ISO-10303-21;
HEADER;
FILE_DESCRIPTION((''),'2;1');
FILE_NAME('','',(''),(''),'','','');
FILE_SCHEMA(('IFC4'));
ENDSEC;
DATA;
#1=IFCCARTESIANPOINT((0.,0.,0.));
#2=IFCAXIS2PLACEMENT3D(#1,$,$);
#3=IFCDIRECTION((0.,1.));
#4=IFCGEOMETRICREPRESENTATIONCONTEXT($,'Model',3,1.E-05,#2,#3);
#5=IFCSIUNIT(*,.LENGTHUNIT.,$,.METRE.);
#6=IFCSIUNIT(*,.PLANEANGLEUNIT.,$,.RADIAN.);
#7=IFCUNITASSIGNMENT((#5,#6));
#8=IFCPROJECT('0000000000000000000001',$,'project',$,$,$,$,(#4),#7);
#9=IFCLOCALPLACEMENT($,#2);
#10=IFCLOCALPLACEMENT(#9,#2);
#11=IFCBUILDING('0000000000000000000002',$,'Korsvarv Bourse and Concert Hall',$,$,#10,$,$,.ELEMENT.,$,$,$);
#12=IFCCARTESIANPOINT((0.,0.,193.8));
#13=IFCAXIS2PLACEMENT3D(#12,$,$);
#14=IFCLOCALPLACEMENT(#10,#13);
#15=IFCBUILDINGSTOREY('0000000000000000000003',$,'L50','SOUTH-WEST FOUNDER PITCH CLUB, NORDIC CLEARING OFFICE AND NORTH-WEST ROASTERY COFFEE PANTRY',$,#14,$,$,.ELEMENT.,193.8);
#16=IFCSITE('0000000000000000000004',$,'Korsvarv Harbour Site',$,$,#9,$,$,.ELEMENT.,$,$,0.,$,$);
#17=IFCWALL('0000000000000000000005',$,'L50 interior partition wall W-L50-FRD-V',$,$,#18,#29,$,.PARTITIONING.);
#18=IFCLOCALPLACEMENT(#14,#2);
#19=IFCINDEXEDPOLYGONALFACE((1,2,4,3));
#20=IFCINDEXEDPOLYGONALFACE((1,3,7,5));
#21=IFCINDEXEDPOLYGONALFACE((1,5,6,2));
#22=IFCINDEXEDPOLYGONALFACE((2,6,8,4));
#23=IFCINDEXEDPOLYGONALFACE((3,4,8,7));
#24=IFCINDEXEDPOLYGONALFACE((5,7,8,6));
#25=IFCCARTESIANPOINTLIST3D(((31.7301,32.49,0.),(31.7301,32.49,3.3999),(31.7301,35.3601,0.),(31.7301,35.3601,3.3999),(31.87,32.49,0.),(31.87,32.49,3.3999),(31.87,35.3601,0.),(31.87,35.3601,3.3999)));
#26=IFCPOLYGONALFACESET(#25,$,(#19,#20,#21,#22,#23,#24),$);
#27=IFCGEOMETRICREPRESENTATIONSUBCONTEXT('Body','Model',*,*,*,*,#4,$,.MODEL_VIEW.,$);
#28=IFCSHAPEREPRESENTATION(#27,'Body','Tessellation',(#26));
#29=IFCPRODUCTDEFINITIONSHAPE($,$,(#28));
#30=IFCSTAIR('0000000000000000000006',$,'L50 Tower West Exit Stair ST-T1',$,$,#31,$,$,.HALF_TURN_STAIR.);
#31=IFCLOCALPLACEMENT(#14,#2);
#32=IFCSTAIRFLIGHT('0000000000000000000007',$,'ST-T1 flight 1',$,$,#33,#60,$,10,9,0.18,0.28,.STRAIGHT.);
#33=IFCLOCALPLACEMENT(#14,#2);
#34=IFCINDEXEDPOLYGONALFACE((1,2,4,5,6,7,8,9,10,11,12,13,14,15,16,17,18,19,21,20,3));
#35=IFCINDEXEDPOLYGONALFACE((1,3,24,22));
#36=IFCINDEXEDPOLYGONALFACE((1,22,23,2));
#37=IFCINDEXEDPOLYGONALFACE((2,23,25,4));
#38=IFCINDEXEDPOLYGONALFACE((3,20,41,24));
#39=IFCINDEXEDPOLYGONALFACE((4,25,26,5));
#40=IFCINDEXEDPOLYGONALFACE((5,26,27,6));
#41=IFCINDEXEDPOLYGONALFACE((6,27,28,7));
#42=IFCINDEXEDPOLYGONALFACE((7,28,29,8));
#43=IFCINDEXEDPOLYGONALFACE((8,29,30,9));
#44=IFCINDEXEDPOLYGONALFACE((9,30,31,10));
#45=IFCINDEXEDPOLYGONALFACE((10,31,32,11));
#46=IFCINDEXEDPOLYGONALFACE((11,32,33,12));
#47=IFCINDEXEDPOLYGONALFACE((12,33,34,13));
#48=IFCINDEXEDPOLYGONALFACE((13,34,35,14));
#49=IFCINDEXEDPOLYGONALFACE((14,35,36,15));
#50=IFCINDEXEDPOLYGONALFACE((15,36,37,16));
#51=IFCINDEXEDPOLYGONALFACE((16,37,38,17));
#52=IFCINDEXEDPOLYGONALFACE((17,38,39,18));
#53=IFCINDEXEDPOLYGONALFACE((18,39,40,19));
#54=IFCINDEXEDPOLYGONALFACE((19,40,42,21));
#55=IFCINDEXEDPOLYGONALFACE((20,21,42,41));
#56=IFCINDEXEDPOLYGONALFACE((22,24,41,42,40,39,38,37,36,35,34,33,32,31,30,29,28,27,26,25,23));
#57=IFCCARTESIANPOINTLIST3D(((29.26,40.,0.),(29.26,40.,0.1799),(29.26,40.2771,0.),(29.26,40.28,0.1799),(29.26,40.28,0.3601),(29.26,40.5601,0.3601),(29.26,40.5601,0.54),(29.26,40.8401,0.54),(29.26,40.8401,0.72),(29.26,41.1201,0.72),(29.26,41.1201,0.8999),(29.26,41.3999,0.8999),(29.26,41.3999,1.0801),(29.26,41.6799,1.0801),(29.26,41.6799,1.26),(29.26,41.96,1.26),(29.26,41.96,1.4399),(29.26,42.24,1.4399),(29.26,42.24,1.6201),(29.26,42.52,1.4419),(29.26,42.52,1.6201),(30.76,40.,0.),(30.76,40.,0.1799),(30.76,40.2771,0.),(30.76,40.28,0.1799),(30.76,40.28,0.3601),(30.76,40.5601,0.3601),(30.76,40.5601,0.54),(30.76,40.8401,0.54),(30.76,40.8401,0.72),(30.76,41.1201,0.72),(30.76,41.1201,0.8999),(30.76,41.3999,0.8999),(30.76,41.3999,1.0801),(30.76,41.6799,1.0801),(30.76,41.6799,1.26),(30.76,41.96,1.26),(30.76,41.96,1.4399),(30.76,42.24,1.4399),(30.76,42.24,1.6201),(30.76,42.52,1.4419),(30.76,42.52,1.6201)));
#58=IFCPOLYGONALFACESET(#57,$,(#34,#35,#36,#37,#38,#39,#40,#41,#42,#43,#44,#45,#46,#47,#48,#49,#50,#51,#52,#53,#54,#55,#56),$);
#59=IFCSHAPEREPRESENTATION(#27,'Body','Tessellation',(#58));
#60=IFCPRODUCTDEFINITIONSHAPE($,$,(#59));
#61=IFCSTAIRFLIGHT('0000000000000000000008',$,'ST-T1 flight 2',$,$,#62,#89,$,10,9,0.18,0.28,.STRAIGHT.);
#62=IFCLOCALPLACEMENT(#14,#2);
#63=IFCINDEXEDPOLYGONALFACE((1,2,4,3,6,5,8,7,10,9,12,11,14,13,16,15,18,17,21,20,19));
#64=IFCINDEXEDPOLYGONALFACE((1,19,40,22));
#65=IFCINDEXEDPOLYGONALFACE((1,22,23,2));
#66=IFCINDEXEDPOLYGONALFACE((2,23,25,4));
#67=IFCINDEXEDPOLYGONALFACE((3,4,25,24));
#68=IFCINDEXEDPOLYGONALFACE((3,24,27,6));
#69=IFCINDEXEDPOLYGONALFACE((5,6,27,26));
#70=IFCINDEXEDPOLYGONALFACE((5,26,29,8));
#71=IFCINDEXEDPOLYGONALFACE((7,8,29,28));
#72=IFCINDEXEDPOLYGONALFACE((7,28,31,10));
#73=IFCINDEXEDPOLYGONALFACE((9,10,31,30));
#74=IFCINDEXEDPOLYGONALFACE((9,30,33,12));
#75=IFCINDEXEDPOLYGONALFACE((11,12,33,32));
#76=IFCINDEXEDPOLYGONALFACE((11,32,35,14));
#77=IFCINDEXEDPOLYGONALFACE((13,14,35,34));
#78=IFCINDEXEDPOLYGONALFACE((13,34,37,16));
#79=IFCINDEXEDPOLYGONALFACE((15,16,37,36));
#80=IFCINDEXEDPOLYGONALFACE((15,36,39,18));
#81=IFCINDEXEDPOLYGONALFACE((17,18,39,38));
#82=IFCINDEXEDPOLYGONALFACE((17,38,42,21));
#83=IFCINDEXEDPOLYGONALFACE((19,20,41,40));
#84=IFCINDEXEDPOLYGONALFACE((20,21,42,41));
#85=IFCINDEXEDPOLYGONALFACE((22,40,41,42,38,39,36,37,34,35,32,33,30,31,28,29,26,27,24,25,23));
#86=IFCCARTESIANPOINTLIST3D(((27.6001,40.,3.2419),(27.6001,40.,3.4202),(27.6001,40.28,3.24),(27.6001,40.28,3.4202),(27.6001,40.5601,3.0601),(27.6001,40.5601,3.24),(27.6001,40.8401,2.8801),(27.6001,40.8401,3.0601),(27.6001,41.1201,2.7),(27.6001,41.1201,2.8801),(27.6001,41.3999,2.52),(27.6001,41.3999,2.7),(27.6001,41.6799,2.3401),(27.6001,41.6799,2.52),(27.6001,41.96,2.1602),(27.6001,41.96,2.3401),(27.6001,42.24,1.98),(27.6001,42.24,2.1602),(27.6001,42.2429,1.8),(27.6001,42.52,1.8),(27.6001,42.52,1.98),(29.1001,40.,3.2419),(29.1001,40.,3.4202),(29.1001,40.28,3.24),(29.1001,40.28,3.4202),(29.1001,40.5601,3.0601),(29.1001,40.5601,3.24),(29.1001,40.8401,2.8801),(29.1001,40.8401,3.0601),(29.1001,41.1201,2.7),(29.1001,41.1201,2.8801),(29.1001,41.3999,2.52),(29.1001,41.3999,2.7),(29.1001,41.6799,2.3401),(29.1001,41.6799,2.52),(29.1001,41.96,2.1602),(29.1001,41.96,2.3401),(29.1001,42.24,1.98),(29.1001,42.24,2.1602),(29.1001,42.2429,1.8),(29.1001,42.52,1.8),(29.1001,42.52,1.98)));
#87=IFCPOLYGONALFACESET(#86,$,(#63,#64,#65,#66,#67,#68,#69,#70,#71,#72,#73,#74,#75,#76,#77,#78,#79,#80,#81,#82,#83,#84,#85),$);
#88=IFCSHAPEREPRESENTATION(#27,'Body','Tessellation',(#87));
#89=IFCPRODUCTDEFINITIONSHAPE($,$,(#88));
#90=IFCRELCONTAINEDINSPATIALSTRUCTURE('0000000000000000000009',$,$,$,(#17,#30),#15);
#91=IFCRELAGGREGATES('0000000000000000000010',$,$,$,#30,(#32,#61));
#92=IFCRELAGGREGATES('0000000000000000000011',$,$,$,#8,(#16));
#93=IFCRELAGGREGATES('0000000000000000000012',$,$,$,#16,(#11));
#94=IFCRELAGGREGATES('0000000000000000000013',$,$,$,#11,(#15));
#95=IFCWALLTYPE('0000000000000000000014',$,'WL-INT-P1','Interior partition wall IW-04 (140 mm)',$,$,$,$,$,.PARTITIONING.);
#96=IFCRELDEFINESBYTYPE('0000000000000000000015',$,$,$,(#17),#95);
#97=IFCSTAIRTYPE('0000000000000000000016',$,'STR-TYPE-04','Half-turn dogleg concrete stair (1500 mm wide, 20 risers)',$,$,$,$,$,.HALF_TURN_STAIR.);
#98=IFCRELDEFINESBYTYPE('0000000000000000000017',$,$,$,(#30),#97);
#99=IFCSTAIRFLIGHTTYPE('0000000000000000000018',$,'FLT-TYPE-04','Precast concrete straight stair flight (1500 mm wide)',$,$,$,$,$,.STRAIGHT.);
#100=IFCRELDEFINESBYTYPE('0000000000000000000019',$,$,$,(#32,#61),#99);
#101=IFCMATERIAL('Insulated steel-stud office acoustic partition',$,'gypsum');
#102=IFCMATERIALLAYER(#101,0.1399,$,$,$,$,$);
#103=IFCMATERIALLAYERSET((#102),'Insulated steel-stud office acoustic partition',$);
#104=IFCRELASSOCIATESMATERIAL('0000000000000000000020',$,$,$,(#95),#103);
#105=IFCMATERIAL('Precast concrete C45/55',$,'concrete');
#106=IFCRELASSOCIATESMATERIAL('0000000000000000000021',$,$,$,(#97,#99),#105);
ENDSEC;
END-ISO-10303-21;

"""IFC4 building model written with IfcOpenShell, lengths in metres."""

from ifc_helpers import new_model, si_unit, direction, frame, frame_2d, origin, place, context, subcontext, project, spatial, polyline, rectangle, outline, extrude, material, layer, layer_set, type_object, element, aggregate, save


model = new_model("IFC4")

# Units and contexts
model_context = context("Model", 3, precision=1e-05, world=origin(), true_north=direction((0.0, 1.0)))
body_context = subcontext(model_context, "Body", "Model", "MODEL_VIEW")
ifc_project = project(units=[si_unit("LENGTHUNIT", "METRE"), si_unit("PLANEANGLEUNIT", "RADIAN")], contexts=[model_context])

# Site, building, storey
site_placement = place(None, origin())
site = spatial("IfcSite", under=ifc_project, at=site_placement, Name="Korsvarv Harbour Site", CompositionType="ELEMENT", RefElevation=0.0)
building_placement = place(site_placement, origin())
building = spatial("IfcBuilding", under=site, at=building_placement, Name="Korsvarv Bourse and Concert Hall", CompositionType="ELEMENT")
storey_placement = place(building_placement, frame((0.0, 0.0, 193.8)))
storey = spatial("IfcBuildingStorey", under=building, at=storey_placement, Name="L50", Description="SOUTH-WEST FOUNDER PITCH CLUB, NORDIC CLEARING OFFICE AND NORTH-WEST ROASTERY COFFEE PANTRY", CompositionType="ELEMENT", Elevation=193.8)

# Wall
ifc_material_1 = material(Name="Insulated steel-stud office acoustic partition", Category="gypsum")
ifc_layer_1 = layer(ifc_material_1, 0.1399)
ifc_layer_set_1 = layer_set([ifc_layer_1], Name="Insulated steel-stud office acoustic partition")
wall_type_1 = type_object("IfcWallType", Name="WL-INT-P1", Description="Interior partition wall IW-04 (140 mm)", PredefinedType="PARTITIONING", material=ifc_layer_set_1)
wall_1_placement = place(storey_placement, frame((31.8, 32.49, 0.0), z_axis=(0.0, 0.0, 1.0), x_axis=(0.0, 1.0, 0.0)))
element("IfcWall", 1, at=wall_1_placement, inside=storey, type_object=wall_type_1, Name="L50 interior partition wall W-L50-FRD-V", PredefinedType="PARTITIONING", context=body_context, shape_type="SweptSolid", body=[
    extrude(rectangle(XDim=2.8701, YDim=0.1399, at=frame_2d((1.4351, 0.0))), origin(), (0.0, 0.0, 1.0), 3.3999),
])

# Stair, stair flights
ifc_material_2 = material(Name="Precast concrete C45/55", Category="concrete")
stair_type = type_object("IfcStairType", Name="STR-TYPE-04", Description="Half-turn dogleg concrete stair (1500 mm wide, 20 risers)", PredefinedType="HALF_TURN_STAIR", material=ifc_material_2)
stair_placement = place(storey_placement, origin())
stair = element("IfcStair", 2, at=stair_placement, inside=storey, type_object=stair_type, Name="L50 Tower West Exit Stair ST-T1", PredefinedType="HALF_TURN_STAIR")
stair_flight_type = type_object("IfcStairFlightType", Name="FLT-TYPE-04", Description="Precast concrete straight stair flight (1500 mm wide)", PredefinedType="STRAIGHT", material=ifc_material_2)
stair_flight_1_placement = place(storey_placement, frame((30.01, 40.0, 0.0), z_axis=(0.0, 0.0, 1.0), x_axis=(0.0, 1.0, 0.0)))
stair_flight_1 = element("IfcStairFlight", 3, at=stair_flight_1_placement, type_object=stair_flight_type, Name="ST-T1 flight 1", NumberOfRisers=10, NumberOfTreads=9, PredefinedType="STRAIGHT", RiserHeight=0.18, TreadLength=0.28, context=body_context, shape_type="SweptSolid", body=[
    extrude(outline(polyline([(0.0, 0.0), (0.0, 0.1799), (0.28, 0.1799), (0.28, 0.3601), (0.5601, 0.3601), (0.5601, 0.54), (0.8401, 0.54), (0.8401, 0.72), (1.1201, 0.72), (1.1201, 0.8999), (1.3999, 0.8999), (1.3999, 1.0801), (1.6799, 1.0801), (1.6799, 1.26), (1.96, 1.26), (1.96, 1.4399), (2.24, 1.4399), (2.24, 1.6201), (2.52, 1.6201), (2.52, 1.8), (2.52, 1.4419), (0.2771, 0.0), (0.0, 0.0)])), frame((0.0, 0.75, 0.0), z_axis=(0.0, -1.0, 0.0), x_axis=(1.0, 0.0, 0.0)), (0.0, 0.0, 1.0), 1.5),
])
stair_flight_2_placement = place(storey_placement, frame((28.3501, 42.52, 1.8), z_axis=(0.0, 0.0, 1.0), x_axis=(0.0, -1.0, 0.0)))
stair_flight_2 = element("IfcStairFlight", 4, at=stair_flight_2_placement, type_object=stair_flight_type, Name="ST-T1 flight 2", NumberOfRisers=10, NumberOfTreads=9, PredefinedType="STRAIGHT", RiserHeight=0.18, TreadLength=0.28, context=body_context, shape_type="SweptSolid", body=[
    extrude(outline(polyline([(0.0, 0.0), (0.0, 0.1799), (0.28, 0.1799), (0.28, 0.3601), (0.5601, 0.3601), (0.5601, 0.54), (0.8401, 0.54), (0.8401, 0.72), (1.1201, 0.72), (1.1201, 0.8999), (1.3999, 0.8999), (1.3999, 1.0801), (1.6799, 1.0801), (1.6799, 1.26), (1.96, 1.26), (1.96, 1.4399), (2.24, 1.4399), (2.24, 1.6201), (2.52, 1.6201), (2.52, 1.8), (2.52, 1.4419), (0.2771, 0.0), (0.0, 0.0)])), frame((0.0, 0.75, 0.0), z_axis=(0.0, -1.0, 0.0), x_axis=(1.0, 0.0, 0.0)), (0.0, 0.0, 1.0), 1.5),
])
aggregate(stair, [stair_flight_1, stair_flight_2])

save(model, "model.ifc")
